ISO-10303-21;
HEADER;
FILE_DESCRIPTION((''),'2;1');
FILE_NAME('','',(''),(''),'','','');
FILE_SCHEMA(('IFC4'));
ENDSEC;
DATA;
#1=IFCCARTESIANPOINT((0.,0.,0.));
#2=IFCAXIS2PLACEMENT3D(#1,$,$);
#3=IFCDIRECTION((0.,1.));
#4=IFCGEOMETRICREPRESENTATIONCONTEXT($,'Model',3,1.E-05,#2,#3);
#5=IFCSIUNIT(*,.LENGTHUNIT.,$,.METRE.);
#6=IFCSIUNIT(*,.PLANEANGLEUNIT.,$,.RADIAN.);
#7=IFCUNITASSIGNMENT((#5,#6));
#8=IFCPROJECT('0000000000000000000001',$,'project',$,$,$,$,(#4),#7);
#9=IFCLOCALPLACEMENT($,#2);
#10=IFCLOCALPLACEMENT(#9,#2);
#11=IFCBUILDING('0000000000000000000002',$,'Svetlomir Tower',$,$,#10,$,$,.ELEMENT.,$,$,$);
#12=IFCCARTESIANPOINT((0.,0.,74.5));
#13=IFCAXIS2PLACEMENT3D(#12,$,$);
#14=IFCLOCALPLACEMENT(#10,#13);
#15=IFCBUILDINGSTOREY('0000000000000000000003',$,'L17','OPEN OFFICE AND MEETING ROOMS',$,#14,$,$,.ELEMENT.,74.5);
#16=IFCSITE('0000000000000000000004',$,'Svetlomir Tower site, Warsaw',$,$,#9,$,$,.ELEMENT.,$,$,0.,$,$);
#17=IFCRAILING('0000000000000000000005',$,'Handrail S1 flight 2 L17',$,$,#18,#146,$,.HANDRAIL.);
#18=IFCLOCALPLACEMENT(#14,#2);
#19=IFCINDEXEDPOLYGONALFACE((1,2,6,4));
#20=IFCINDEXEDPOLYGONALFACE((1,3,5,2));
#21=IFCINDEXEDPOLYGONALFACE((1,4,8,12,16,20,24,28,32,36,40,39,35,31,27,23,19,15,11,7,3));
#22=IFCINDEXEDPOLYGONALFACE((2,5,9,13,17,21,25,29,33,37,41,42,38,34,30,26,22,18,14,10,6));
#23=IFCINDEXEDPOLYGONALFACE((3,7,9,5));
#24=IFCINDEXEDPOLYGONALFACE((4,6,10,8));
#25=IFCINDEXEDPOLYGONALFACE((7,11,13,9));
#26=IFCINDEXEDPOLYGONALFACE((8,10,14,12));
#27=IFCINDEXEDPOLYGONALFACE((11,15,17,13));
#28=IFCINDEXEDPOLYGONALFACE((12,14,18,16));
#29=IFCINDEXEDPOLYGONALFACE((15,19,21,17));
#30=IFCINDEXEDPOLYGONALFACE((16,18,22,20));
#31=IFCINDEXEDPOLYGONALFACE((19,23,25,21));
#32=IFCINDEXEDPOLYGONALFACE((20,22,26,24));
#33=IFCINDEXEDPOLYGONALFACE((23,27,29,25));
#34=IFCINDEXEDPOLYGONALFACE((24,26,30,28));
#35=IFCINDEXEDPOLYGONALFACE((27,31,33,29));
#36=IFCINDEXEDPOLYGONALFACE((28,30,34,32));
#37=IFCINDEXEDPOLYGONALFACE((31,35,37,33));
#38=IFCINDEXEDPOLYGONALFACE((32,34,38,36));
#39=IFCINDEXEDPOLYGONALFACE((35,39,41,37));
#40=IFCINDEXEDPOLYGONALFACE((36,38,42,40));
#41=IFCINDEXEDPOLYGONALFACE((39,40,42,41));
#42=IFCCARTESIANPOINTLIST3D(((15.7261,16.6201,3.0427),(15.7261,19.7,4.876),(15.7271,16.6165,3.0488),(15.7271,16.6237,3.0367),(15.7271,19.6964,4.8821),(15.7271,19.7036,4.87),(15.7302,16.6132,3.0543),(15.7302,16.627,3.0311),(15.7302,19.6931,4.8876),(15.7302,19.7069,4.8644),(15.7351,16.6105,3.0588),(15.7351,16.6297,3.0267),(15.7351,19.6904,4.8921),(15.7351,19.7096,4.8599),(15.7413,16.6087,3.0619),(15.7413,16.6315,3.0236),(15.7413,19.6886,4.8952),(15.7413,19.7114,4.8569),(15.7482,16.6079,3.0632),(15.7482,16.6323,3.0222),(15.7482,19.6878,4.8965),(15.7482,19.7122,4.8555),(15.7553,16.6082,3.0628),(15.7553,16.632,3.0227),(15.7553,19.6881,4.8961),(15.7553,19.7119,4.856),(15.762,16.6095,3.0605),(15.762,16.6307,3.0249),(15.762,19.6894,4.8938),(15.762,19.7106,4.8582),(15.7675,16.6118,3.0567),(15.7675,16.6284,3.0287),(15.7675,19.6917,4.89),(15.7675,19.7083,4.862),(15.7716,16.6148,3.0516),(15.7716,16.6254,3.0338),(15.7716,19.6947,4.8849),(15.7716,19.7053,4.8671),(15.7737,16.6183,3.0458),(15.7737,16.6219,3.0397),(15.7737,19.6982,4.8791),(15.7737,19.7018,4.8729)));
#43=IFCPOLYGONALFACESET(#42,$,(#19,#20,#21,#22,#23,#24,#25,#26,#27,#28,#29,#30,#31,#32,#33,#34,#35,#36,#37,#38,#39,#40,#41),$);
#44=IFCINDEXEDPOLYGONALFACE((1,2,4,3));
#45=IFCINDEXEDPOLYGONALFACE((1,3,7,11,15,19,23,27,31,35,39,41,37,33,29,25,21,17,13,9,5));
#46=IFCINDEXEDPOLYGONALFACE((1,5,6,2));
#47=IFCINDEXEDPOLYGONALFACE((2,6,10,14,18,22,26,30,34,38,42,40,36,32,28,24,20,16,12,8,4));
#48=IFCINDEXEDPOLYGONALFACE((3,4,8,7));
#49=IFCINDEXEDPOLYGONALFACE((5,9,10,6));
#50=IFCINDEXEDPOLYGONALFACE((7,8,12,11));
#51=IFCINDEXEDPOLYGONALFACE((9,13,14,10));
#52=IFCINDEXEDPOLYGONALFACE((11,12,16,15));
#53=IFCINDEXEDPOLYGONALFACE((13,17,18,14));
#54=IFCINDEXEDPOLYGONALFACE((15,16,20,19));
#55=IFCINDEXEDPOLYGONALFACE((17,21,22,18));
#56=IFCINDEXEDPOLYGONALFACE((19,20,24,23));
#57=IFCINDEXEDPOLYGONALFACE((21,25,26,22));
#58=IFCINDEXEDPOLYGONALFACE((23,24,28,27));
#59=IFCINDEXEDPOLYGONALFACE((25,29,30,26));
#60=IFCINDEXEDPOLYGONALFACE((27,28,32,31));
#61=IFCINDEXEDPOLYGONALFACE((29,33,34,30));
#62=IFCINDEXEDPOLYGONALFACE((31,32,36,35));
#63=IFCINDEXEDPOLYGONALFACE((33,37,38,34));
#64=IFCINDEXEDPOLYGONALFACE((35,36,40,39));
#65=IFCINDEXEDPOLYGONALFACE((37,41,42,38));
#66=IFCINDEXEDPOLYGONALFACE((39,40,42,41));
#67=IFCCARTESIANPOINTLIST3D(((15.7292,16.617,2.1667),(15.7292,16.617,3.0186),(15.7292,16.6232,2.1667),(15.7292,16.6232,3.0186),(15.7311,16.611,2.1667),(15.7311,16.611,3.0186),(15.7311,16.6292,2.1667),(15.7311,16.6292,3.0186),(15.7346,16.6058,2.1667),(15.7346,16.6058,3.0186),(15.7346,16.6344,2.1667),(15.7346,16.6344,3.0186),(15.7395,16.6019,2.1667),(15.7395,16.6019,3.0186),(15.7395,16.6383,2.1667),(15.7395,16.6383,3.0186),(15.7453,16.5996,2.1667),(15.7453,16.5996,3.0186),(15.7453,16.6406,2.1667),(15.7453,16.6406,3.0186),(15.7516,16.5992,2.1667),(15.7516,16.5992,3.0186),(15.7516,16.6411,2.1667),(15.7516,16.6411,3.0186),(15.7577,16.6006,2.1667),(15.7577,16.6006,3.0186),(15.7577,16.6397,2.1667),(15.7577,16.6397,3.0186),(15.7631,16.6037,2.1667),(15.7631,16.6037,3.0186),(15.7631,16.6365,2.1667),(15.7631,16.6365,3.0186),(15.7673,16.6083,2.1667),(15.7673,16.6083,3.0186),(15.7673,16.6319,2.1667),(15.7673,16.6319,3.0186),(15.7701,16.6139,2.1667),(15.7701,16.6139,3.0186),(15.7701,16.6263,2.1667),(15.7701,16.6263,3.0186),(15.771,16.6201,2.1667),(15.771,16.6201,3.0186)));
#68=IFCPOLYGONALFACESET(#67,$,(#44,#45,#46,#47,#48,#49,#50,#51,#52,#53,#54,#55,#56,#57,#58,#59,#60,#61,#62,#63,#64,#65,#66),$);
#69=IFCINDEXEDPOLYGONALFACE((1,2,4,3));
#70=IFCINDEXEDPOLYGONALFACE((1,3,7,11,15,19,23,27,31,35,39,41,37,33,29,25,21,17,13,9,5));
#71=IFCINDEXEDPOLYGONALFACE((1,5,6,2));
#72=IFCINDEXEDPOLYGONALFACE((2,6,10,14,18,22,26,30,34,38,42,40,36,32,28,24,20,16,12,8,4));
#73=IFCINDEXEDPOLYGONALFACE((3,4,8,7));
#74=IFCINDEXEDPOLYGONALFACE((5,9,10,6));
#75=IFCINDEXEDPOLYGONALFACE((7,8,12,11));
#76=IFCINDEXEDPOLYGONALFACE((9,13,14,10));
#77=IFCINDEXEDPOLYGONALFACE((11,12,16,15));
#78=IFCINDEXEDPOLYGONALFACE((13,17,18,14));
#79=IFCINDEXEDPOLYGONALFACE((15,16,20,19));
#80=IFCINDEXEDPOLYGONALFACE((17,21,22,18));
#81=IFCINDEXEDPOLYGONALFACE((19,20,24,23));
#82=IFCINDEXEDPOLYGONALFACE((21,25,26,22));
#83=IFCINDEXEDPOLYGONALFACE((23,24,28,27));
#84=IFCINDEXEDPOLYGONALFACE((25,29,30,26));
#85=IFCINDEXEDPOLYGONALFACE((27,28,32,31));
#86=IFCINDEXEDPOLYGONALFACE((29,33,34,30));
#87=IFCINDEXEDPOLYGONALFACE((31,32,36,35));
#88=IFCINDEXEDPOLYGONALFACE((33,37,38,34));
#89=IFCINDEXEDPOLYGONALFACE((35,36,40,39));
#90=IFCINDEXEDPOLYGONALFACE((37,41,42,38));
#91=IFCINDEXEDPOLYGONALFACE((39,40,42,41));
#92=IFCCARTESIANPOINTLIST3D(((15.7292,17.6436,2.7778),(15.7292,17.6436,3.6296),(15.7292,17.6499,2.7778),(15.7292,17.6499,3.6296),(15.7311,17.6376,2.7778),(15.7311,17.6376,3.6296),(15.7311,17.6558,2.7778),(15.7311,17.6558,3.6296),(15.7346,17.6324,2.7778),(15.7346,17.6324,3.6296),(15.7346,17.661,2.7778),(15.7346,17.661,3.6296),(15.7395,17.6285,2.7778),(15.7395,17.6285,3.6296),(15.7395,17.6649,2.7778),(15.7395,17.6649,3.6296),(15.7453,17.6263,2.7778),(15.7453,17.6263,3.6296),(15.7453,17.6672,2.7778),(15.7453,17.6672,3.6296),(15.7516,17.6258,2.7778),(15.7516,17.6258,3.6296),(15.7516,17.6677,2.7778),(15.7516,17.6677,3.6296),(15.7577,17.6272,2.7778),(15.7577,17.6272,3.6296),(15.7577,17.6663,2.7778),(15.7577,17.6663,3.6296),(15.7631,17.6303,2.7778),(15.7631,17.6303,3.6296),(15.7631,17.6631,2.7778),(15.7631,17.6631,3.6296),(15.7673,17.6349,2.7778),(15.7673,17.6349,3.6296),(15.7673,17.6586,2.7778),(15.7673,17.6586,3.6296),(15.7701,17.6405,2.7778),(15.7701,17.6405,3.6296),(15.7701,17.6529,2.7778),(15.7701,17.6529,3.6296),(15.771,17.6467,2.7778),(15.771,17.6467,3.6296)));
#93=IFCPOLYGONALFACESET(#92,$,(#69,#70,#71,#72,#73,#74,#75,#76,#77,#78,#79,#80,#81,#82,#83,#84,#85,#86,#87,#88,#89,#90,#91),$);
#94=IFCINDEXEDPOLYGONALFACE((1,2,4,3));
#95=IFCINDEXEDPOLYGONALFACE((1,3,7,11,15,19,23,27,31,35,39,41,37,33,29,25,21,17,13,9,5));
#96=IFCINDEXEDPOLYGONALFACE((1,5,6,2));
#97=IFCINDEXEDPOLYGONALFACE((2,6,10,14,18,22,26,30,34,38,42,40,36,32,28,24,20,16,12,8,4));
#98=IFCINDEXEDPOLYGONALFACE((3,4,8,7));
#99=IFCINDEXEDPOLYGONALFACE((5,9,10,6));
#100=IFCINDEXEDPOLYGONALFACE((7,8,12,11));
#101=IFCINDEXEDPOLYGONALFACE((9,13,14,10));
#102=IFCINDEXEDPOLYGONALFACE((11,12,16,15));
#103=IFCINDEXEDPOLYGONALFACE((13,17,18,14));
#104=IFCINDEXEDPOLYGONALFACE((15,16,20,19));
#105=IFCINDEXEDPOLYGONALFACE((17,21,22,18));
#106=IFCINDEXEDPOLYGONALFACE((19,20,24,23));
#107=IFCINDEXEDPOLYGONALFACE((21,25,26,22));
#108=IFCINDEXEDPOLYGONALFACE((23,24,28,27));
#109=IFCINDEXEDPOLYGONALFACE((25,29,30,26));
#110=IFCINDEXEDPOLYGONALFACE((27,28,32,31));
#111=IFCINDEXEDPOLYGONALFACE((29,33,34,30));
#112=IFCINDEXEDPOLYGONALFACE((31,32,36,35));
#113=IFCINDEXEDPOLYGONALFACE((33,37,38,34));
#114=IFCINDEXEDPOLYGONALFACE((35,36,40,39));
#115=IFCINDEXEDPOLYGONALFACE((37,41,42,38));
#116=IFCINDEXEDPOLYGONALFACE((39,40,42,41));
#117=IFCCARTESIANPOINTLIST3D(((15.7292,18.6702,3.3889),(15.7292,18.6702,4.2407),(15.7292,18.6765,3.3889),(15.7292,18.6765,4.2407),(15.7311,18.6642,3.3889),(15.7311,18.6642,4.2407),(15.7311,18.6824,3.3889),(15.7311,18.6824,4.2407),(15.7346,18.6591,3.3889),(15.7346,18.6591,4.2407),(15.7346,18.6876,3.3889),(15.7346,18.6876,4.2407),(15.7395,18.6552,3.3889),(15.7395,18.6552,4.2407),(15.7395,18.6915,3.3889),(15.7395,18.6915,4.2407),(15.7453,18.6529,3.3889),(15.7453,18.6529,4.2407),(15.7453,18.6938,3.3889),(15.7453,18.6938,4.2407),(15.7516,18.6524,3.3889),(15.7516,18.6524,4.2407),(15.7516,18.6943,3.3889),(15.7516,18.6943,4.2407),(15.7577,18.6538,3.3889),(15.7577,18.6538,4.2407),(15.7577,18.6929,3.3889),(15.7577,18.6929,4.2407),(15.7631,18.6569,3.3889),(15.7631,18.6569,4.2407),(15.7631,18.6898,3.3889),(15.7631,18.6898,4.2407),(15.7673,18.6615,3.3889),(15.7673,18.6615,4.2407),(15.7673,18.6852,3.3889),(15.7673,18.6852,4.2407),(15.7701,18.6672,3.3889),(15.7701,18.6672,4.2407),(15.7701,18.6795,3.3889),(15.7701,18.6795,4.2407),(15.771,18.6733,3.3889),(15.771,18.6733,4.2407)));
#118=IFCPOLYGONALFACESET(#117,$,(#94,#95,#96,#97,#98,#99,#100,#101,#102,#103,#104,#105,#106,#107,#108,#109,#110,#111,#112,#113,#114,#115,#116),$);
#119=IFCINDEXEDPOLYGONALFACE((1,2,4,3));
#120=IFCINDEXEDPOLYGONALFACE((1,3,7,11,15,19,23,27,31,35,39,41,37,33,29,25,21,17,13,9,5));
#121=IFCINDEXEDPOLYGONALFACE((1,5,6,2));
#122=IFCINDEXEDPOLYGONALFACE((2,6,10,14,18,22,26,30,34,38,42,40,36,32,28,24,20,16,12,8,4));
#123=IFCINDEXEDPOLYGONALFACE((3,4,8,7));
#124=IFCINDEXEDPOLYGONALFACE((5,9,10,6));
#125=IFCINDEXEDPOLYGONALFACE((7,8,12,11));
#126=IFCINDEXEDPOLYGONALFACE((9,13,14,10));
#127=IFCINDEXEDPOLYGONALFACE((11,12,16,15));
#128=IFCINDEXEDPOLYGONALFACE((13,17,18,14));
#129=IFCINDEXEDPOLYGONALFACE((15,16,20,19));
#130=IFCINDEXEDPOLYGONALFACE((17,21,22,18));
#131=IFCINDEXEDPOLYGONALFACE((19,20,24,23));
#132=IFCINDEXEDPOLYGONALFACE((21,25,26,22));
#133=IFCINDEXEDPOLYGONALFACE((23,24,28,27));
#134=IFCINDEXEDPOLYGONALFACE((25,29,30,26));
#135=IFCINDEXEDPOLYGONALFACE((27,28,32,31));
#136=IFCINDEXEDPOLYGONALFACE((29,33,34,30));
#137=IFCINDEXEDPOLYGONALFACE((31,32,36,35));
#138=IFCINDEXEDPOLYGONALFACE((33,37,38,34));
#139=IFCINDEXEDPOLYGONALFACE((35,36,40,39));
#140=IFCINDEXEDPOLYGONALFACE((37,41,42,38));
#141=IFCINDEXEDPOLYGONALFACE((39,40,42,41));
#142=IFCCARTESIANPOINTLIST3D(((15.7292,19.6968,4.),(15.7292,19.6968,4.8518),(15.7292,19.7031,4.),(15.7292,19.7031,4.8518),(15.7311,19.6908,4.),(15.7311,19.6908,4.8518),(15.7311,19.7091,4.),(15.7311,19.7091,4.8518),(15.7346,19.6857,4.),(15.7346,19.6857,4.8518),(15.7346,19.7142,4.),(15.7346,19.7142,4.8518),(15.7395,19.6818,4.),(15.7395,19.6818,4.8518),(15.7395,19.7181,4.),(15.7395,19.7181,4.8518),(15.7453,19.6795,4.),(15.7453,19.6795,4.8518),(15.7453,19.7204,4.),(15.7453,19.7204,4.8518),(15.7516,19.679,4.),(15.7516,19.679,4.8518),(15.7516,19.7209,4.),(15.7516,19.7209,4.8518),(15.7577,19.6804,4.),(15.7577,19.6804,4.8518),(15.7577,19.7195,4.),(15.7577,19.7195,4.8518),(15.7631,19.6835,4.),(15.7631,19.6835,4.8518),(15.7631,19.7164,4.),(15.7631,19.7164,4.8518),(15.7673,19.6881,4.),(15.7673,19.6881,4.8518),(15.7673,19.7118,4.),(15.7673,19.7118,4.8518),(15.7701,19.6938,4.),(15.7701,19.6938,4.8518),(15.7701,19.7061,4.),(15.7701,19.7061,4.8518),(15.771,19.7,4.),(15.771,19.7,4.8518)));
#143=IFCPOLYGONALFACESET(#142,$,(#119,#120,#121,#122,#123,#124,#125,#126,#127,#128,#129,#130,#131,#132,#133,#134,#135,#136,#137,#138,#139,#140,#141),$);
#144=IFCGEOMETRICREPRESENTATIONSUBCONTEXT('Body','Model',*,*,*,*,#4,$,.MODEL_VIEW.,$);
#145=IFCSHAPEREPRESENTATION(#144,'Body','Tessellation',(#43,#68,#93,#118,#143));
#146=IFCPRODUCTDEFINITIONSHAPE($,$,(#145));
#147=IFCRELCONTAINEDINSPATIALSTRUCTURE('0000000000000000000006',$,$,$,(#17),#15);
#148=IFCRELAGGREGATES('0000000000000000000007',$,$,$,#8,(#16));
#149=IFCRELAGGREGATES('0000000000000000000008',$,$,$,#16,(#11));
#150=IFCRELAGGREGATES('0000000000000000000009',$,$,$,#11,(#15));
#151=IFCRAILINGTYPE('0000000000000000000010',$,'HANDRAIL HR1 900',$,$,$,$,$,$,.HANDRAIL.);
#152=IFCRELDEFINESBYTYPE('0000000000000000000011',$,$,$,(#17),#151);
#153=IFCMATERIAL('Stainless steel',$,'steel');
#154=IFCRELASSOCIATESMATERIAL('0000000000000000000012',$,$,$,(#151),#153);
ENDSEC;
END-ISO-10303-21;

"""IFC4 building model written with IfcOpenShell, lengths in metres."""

from ifc_helpers import new_model, si_unit, direction, frame, origin, origin_2d, place, context, subcontext, project, spatial, circle, extrude, material, type_object, element, save


model = new_model("IFC4")

# Units and contexts
model_context = context("Model", 3, precision=1e-05, world=origin(), true_north=direction((0.0, 1.0)))
body_context = subcontext(model_context, "Body", "Model", "MODEL_VIEW")
ifc_project = project(units=[si_unit("LENGTHUNIT", "METRE"), si_unit("PLANEANGLEUNIT", "RADIAN")], contexts=[model_context])

# Site, building, storey
site_placement = place(None, origin())
site = spatial("IfcSite", under=ifc_project, at=site_placement, Name="Svetlomir Tower site, Warsaw", CompositionType="ELEMENT", RefElevation=0.0)
building_placement = place(site_placement, origin())
building = spatial("IfcBuilding", under=site, at=building_placement, Name="Svetlomir Tower", CompositionType="ELEMENT")
storey_placement = place(building_placement, frame((0.0, 0.0, 74.5)))
storey = spatial("IfcBuildingStorey", under=building, at=storey_placement, Name="L17", Description="OPEN OFFICE AND MEETING ROOMS", CompositionType="ELEMENT", Elevation=74.5)

# Railing
ifc_material_1 = material(Name="Stainless steel", Category="steel")
railing_type = type_object("IfcRailingType", Name="HANDRAIL HR1 900", PredefinedType="HANDRAIL", material=ifc_material_1)
railing_placement = place(storey_placement, frame((15.75, 16.6201, 2.1667)))
element("IfcRailing", 1, at=railing_placement, inside=storey, type_object=railing_type, Name="Handrail S1 flight 2 L17", PredefinedType="HANDRAIL", context=body_context, shape_type="SweptSolid", body=[
    extrude(circle(Radius=0.0239, at=origin_2d()), frame((0.0, 0.0, 0.876), z_axis=(0.0, 0.859291, 0.511487), x_axis=(-1.0, 0.0, 0.0)), (0.0, 0.0, 1.0), 3.5842),
    extrude(circle(Radius=0.021, at=origin_2d()), origin(), (0.0, 0.0, 1.0), 0.8518),
    extrude(circle(Radius=0.021, at=origin_2d()), frame((0.0, 1.0266, 0.6111)), (0.0, 0.0, 1.0), 0.8518),
    extrude(circle(Radius=0.021, at=origin_2d()), frame((0.0, 2.0532, 1.2222)), (0.0, 0.0, 1.0), 0.8518),
    extrude(circle(Radius=0.021, at=origin_2d()), frame((0.0, 3.0798, 1.8333)), (0.0, 0.0, 1.0), 0.8518),
])

save(model, "model.ifc")
